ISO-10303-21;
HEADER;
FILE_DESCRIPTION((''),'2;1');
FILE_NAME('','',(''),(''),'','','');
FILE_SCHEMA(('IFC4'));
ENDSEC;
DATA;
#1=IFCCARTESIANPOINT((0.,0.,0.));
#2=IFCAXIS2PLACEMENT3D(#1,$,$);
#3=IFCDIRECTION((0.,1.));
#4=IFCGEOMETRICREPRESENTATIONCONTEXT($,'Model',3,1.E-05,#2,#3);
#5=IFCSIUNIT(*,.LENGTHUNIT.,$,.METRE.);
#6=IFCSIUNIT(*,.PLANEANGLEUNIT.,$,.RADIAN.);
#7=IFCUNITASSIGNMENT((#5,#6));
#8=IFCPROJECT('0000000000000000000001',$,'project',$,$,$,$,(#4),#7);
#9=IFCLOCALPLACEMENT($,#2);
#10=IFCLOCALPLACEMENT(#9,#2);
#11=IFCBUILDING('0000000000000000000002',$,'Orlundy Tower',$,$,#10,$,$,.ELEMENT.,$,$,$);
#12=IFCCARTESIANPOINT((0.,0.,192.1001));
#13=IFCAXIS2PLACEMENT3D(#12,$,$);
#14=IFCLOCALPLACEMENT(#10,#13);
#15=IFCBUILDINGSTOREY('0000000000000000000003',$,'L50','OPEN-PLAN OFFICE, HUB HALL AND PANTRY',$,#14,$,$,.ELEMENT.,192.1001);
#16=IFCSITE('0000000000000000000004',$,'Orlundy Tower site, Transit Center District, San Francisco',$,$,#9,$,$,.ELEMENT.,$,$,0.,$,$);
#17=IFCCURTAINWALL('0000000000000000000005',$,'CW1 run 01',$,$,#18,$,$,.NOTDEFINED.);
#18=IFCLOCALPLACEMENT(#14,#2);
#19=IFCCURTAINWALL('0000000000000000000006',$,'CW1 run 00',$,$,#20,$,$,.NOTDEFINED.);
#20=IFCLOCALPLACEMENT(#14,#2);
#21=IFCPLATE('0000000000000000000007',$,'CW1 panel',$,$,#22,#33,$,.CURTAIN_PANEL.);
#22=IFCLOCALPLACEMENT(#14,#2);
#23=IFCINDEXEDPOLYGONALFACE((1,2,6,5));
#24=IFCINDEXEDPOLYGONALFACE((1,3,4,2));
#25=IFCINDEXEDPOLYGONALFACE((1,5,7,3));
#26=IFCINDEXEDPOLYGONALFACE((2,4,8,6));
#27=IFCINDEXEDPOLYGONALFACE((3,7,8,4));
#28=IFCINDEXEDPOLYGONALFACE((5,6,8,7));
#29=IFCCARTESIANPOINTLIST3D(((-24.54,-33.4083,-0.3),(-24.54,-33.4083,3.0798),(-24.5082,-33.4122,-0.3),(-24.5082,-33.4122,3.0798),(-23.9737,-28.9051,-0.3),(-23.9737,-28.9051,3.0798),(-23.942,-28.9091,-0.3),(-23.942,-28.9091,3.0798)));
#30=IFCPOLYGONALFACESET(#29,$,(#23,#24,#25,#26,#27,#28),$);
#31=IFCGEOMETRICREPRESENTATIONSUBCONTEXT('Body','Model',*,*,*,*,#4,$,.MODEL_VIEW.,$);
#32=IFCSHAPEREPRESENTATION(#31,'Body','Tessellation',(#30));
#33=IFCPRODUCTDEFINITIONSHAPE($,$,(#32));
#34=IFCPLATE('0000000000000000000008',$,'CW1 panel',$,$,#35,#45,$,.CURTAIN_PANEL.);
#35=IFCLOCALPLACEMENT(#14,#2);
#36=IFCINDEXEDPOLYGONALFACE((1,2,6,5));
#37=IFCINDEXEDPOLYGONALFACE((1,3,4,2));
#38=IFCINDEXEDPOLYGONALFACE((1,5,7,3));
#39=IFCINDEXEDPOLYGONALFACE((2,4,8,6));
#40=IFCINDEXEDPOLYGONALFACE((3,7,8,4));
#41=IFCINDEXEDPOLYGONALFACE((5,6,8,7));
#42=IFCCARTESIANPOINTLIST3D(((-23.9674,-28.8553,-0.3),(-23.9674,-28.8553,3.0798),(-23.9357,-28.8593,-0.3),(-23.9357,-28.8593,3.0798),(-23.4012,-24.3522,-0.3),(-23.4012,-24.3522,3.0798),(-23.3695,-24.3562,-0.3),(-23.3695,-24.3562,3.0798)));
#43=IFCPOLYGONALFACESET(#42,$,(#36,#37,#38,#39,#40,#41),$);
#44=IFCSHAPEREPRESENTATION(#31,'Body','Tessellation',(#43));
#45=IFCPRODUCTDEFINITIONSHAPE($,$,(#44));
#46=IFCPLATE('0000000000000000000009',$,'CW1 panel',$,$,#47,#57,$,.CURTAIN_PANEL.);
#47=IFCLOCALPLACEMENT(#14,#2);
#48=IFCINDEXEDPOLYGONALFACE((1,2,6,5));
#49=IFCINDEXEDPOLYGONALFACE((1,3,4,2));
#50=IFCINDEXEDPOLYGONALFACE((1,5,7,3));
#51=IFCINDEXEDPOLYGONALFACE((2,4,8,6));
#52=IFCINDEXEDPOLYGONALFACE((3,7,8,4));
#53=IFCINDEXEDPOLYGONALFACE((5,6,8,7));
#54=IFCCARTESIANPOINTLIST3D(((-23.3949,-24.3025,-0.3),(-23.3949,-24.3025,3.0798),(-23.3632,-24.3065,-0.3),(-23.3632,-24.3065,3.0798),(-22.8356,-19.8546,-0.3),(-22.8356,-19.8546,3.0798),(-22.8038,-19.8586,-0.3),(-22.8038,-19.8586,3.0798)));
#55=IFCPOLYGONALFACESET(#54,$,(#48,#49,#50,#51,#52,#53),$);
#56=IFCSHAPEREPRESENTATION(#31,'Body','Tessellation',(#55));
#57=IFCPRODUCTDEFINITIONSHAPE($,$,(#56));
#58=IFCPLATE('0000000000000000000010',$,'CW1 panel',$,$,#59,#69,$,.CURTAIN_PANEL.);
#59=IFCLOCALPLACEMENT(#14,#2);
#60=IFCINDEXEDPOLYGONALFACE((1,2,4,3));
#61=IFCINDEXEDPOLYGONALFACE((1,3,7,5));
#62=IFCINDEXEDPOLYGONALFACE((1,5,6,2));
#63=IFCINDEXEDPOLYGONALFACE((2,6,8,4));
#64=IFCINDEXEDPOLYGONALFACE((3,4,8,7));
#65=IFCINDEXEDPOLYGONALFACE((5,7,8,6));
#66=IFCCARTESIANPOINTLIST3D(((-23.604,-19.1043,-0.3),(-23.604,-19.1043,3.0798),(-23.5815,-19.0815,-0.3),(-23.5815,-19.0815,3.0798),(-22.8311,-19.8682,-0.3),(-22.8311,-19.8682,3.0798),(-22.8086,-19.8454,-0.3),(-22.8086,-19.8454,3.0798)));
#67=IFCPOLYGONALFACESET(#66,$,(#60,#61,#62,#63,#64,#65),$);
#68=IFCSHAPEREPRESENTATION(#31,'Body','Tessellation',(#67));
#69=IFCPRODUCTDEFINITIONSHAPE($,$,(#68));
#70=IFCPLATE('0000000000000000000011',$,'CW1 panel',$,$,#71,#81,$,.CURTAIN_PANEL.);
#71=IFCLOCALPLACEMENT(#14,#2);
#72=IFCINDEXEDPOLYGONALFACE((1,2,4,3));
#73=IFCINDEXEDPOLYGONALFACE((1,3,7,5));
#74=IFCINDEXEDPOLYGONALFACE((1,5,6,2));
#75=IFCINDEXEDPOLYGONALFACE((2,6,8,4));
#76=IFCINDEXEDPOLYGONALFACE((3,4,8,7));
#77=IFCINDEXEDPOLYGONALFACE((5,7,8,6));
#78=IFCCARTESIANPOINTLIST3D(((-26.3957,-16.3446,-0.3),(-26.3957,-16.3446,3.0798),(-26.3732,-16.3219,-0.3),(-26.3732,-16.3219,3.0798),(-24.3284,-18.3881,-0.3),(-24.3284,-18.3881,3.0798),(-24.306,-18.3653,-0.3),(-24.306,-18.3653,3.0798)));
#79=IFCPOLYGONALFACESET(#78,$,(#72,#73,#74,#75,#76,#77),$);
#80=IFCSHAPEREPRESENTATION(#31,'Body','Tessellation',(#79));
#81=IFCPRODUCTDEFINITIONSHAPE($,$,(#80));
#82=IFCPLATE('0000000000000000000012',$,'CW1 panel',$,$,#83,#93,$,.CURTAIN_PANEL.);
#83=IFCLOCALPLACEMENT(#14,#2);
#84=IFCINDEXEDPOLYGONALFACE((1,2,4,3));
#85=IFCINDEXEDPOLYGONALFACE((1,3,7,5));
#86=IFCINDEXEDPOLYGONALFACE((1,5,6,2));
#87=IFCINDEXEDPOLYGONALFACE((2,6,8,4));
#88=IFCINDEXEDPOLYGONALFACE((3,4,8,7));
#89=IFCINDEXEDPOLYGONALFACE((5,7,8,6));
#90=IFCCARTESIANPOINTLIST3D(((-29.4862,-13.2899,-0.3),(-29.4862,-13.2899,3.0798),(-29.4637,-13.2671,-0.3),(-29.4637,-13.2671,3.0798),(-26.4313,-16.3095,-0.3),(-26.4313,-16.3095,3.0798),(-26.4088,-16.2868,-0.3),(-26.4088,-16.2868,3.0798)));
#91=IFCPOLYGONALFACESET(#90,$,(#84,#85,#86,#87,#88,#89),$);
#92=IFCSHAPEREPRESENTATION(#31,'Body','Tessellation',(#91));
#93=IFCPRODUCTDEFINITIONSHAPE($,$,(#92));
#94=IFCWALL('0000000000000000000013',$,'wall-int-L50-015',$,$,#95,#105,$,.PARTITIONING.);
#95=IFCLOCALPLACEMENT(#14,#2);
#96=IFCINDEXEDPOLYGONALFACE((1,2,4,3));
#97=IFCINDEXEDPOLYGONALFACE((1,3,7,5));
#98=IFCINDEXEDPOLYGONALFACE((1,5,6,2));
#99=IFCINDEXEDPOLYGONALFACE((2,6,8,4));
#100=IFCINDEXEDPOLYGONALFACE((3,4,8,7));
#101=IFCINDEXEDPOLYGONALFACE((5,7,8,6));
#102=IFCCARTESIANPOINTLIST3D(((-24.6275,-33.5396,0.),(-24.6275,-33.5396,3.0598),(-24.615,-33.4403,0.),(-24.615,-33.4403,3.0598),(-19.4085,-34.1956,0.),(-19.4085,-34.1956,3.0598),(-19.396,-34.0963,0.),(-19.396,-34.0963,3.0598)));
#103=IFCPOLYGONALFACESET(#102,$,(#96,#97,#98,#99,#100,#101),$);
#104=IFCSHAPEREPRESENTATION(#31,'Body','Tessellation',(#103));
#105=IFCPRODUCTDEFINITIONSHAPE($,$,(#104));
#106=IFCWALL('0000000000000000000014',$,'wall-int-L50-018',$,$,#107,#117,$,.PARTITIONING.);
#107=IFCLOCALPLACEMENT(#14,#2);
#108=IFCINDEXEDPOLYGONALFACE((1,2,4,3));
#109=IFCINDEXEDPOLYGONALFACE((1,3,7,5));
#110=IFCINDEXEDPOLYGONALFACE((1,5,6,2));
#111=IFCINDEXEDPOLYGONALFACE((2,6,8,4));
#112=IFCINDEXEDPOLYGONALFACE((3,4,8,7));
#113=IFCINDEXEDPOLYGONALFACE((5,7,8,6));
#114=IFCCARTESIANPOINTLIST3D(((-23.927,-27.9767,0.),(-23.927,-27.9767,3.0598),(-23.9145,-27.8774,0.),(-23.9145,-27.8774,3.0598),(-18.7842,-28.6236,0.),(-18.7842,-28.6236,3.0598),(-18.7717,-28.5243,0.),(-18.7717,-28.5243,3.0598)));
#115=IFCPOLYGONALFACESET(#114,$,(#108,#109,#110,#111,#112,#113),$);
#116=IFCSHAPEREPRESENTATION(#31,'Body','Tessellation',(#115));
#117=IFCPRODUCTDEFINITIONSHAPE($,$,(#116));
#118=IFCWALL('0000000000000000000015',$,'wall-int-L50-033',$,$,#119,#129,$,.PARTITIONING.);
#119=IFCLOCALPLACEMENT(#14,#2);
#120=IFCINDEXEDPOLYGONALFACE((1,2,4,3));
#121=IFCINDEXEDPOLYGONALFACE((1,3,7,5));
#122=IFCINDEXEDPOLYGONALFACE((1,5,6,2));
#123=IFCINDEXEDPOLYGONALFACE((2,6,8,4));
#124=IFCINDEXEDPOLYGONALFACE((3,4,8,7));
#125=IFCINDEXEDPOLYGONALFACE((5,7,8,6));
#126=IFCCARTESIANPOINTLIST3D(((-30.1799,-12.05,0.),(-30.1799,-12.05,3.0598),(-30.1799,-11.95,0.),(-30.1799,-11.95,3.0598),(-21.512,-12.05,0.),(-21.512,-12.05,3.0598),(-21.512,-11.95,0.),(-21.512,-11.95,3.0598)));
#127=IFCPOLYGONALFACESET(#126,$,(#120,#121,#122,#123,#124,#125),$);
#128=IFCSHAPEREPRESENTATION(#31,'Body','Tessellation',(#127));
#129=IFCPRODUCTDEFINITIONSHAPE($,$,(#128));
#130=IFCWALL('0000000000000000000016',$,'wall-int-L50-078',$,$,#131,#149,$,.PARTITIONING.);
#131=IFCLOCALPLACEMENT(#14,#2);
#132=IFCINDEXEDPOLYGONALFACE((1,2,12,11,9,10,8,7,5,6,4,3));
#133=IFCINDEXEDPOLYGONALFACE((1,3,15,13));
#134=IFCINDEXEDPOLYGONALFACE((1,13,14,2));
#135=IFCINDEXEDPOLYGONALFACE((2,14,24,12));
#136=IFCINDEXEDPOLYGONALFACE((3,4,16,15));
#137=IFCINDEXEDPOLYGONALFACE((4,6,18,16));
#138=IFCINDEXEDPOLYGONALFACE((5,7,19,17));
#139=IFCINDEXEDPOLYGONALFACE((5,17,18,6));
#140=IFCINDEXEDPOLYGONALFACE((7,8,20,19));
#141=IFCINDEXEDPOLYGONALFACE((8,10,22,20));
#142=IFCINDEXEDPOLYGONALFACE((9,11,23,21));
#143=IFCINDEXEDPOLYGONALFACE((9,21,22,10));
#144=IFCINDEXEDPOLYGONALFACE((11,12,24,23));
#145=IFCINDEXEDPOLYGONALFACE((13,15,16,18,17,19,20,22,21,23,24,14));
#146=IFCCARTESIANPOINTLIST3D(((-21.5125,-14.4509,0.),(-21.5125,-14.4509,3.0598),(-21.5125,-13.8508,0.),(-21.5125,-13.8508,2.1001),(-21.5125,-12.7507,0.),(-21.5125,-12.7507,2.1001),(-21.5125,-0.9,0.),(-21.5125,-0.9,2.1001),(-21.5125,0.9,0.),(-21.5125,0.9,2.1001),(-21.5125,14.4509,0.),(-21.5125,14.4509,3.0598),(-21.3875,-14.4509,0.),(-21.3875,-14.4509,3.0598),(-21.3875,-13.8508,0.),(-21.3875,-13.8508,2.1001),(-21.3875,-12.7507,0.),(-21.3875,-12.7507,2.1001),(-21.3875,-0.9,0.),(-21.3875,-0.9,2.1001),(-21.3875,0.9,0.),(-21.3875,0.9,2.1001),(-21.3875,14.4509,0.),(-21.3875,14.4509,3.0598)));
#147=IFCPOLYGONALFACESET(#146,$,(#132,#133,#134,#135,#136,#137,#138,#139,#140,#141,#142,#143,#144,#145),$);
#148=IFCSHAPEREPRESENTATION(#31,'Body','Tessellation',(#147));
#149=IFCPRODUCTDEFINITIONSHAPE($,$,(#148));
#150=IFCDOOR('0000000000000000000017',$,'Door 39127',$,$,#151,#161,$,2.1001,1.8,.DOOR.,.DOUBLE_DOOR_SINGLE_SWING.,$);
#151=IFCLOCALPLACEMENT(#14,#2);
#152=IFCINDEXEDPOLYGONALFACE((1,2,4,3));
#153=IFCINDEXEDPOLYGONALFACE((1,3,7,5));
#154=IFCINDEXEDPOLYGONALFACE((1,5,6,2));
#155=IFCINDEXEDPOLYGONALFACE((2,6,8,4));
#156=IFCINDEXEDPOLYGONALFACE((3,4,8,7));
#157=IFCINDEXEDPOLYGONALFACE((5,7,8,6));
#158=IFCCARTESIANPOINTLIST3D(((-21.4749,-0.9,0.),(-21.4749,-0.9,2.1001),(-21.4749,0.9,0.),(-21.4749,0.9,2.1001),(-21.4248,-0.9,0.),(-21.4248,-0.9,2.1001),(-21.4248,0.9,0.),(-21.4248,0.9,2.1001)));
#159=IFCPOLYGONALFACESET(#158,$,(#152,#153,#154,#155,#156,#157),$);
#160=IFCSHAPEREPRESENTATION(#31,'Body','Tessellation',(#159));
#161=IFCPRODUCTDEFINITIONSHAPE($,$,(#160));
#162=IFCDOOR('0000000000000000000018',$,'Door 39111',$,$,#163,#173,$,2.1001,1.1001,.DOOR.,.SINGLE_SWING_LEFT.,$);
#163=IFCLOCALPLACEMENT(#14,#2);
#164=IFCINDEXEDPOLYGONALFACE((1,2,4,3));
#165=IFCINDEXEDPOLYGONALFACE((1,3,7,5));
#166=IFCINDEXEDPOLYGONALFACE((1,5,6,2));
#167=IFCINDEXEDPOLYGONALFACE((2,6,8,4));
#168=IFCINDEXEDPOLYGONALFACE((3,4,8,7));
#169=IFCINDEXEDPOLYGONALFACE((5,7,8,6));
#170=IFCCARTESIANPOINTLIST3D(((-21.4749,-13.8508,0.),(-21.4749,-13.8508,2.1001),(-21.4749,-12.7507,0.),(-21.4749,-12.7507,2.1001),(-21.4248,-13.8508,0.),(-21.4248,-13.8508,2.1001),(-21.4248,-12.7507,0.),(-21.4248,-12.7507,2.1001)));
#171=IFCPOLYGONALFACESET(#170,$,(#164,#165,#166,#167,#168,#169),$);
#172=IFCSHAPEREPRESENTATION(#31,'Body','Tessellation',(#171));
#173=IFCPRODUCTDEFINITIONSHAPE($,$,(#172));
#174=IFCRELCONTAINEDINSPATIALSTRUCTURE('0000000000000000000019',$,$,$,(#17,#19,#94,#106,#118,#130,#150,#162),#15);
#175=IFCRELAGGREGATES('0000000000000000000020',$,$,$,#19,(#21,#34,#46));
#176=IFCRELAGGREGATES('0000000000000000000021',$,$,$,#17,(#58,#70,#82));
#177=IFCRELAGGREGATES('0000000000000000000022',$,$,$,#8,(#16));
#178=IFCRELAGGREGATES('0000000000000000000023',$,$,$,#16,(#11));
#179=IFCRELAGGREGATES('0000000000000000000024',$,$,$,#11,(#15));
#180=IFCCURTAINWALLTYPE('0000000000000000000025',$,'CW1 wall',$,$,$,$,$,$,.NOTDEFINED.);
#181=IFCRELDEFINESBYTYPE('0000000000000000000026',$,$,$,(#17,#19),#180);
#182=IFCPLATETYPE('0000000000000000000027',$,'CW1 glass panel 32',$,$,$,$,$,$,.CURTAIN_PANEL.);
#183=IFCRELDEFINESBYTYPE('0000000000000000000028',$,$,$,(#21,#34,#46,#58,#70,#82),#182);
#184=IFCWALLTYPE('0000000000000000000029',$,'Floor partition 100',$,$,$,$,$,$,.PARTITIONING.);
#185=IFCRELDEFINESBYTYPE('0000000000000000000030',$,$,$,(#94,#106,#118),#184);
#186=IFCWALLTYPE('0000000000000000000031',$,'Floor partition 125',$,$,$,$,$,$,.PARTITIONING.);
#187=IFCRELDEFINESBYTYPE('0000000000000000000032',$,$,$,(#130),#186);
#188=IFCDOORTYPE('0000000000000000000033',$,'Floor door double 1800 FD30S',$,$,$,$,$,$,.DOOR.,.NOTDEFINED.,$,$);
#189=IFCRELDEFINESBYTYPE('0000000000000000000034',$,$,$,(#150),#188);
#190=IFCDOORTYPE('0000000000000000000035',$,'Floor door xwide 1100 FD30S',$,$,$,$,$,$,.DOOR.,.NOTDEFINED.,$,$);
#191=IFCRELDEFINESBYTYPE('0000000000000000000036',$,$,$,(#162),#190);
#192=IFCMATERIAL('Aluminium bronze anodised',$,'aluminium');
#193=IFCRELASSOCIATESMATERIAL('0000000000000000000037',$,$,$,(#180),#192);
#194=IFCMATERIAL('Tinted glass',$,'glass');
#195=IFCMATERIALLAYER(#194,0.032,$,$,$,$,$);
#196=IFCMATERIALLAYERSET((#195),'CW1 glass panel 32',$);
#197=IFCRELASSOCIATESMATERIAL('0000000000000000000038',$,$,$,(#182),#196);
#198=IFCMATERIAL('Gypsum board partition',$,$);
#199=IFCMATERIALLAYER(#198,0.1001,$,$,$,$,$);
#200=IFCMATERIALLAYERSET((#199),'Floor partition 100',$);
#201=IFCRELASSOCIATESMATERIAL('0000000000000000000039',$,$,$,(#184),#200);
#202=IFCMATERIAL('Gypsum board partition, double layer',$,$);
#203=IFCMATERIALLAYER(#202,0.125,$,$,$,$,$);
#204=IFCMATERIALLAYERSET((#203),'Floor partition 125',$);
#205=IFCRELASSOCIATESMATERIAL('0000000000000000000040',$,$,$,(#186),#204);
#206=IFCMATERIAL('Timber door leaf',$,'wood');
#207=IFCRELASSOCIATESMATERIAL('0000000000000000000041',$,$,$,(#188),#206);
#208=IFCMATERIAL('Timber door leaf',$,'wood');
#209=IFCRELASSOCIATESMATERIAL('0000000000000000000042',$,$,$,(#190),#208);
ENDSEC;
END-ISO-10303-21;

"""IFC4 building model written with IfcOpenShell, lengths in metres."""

from ifc_helpers import new_model, si_unit, direction, frame, frame_2d, origin, origin_2d, place, context, subcontext, project, spatial, rectangle, extrude, material, layer, layer_set, type_object, element, fill, aggregate, save


model = new_model("IFC4")

# Units and contexts
model_context = context("Model", 3, precision=1e-05, world=origin(), true_north=direction((0.0, 1.0)))
body_context = subcontext(model_context, "Body", "Model", "MODEL_VIEW")
ifc_project = project(units=[si_unit("LENGTHUNIT", "METRE"), si_unit("PLANEANGLEUNIT", "RADIAN")], contexts=[model_context])

# Site, building, storey
site_placement = place(None, origin())
site = spatial("IfcSite", under=ifc_project, at=site_placement, Name="Orlundy Tower site, Transit Center District, San Francisco", CompositionType="ELEMENT", RefElevation=0.0)
building_placement = place(site_placement, origin())
building = spatial("IfcBuilding", under=site, at=building_placement, Name="Orlundy Tower", CompositionType="ELEMENT")
storey_placement = place(building_placement, frame((0.0, 0.0, 192.1001)))
storey = spatial("IfcBuildingStorey", under=building, at=storey_placement, Name="L50", Description="OPEN-PLAN OFFICE, HUB HALL AND PANTRY", CompositionType="ELEMENT", Elevation=192.1001)

# Curtain wall
ifc_material_1 = material(Name="Aluminium bronze anodised", Category="aluminium")
curtain_wall_type = type_object("IfcCurtainWallType", Name="CW1 wall", PredefinedType="NOTDEFINED", material=ifc_material_1)
curtain_wall_1_placement = place(storey_placement, origin())
curtain_wall_1 = element("IfcCurtainWall", 1, at=curtain_wall_1_placement, inside=storey, type_object=curtain_wall_type, Name="CW1 run 01", PredefinedType="NOTDEFINED")

# Curtain wall
curtain_wall_2_placement = place(storey_placement, origin())
curtain_wall_2 = element("IfcCurtainWall", 2, at=curtain_wall_2_placement, inside=storey, type_object=curtain_wall_type, Name="CW1 run 00", PredefinedType="NOTDEFINED")

# Plates
ifc_material_2 = material(Name="Tinted glass", Category="glass")
ifc_layer_1 = layer(ifc_material_2, 0.032)
ifc_layer_set_1 = layer_set([ifc_layer_1], Name="CW1 glass panel 32")
plate_type = type_object("IfcPlateType", Name="CW1 glass panel 32", PredefinedType="CURTAIN_PANEL", material=ifc_layer_set_1)
plate_1_placement = place(storey_placement, frame((-24.241, -31.1587, -0.3), z_axis=(0.0, 0.0, 1.0), x_axis=(0.124763, 0.992187, 0.0)))
plate_1 = element("IfcPlate", 3, at=plate_1_placement, type_object=plate_type, Name="CW1 panel", PredefinedType="CURTAIN_PANEL", context=body_context, shape_type="SweptSolid", body=[
    extrude(rectangle(XDim=4.5386, YDim=0.032, at=origin_2d()), origin(), (0.0, 0.0, 1.0), 3.3799),
])
plate_2_placement = place(storey_placement, frame((-23.6685, -26.6057, -0.3), z_axis=(0.0, 0.0, 1.0), x_axis=(0.124763, 0.992187, 0.0)))
plate_2 = element("IfcPlate", 4, at=plate_2_placement, type_object=plate_type, Name="CW1 panel", PredefinedType="CURTAIN_PANEL", context=body_context, shape_type="SweptSolid", body=[
    extrude(rectangle(XDim=4.5386, YDim=0.032, at=origin_2d()), origin(), (0.0, 0.0, 1.0), 3.3799),
])
plate_3_placement = place(storey_placement, frame((-23.0994, -22.0806, -0.3), z_axis=(0.0, 0.0, 1.0), x_axis=(0.124763, 0.992187, 0.0)))
plate_3 = element("IfcPlate", 5, at=plate_3_placement, type_object=plate_type, Name="CW1 panel", PredefinedType="CURTAIN_PANEL", context=body_context, shape_type="SweptSolid", body=[
    extrude(rectangle(XDim=4.4829, YDim=0.032, at=origin_2d()), origin(), (0.0, 0.0, 1.0), 3.3799),
])
aggregate(curtain_wall_2, [plate_1, plate_2, plate_3])
plate_4_placement = place(storey_placement, frame((-23.2063, -19.4749, -0.3), z_axis=(0.0, 0.0, 1.0), x_axis=(-0.711198, 0.702992, 0.0)))
plate_4 = element("IfcPlate", 6, at=plate_4_placement, type_object=plate_type, Name="CW1 panel", PredefinedType="CURTAIN_PANEL", context=body_context, shape_type="SweptSolid", body=[
    extrude(rectangle(XDim=1.0867, YDim=0.032, at=origin_2d()), origin(), (0.0, 0.0, 1.0), 3.3799),
])
plate_5_placement = place(storey_placement, frame((-25.3508, -17.355, -0.3), z_axis=(0.0, 0.0, 1.0), x_axis=(-0.711198, 0.702992, 0.0)))
plate_5 = element("IfcPlate", 7, at=plate_5_placement, type_object=plate_type, Name="CW1 panel", PredefinedType="CURTAIN_PANEL", context=body_context, shape_type="SweptSolid", body=[
    extrude(rectangle(XDim=2.9067, YDim=0.032, at=origin_2d()), origin(), (0.0, 0.0, 1.0), 3.3799),
])
plate_6_placement = place(storey_placement, frame((-27.9475, -14.7883, -0.3), z_axis=(0.0, 0.0, 1.0), x_axis=(-0.711198, 0.702992, 0.0)))
plate_6 = element("IfcPlate", 8, at=plate_6_placement, type_object=plate_type, Name="CW1 panel", PredefinedType="CURTAIN_PANEL", context=body_context, shape_type="SweptSolid", body=[
    extrude(rectangle(XDim=4.2954, YDim=0.032, at=origin_2d()), origin(), (0.0, 0.0, 1.0), 3.3799),
])
aggregate(curtain_wall_1, [plate_4, plate_5, plate_6])

# Walls
ifc_material_3 = material(Name="Gypsum board partition")
ifc_layer_2 = layer(ifc_material_3, 0.1001)
ifc_layer_set_2 = layer_set([ifc_layer_2], Name="Floor partition 100")
wall_type_1 = type_object("IfcWallType", Name="Floor partition 100", PredefinedType="PARTITIONING", material=ifc_layer_set_2)
wall_1_placement = place(storey_placement, frame((-24.6211, -33.49, 0.0), z_axis=(0.0, 0.0, 1.0), x_axis=(0.992193, -0.124714, 0.0)))
element("IfcWall", 9, at=wall_1_placement, inside=storey, type_object=wall_type_1, Name="wall-int-L50-015", PredefinedType="PARTITIONING", context=body_context, shape_type="SweptSolid", body=[
    extrude(rectangle(XDim=5.26, YDim=0.1001, at=frame_2d((2.6299, 0.0))), origin(), (0.0, 0.0, 1.0), 3.0598),
])
wall_2_placement = place(storey_placement, frame((-23.9209, -27.927, 0.0), z_axis=(0.0, 0.0, 1.0), x_axis=(0.99218, -0.124817, 0.0)))
element("IfcWall", 10, at=wall_2_placement, inside=storey, type_object=wall_type_1, Name="wall-int-L50-018", PredefinedType="PARTITIONING", context=body_context, shape_type="SweptSolid", body=[
    extrude(rectangle(XDim=5.1833, YDim=0.1001, at=frame_2d((2.5918, 0.0))), origin(), (0.0, 0.0, 1.0), 3.0598),
])
wall_3_placement = place(storey_placement, frame((-30.1799, -12.0, 0.0), z_axis=(0.0, 0.0, 1.0), x_axis=(1.0, 0.0, 0.0)))
element("IfcWall", 11, at=wall_3_placement, inside=storey, type_object=wall_type_1, Name="wall-int-L50-033", PredefinedType="PARTITIONING", context=body_context, shape_type="SweptSolid", body=[
    extrude(rectangle(XDim=8.668, YDim=0.1001, at=frame_2d((4.334, 0.0))), origin(), (0.0, 0.0, 1.0), 3.0598),
])

# Wall, openings, doors
ifc_material_4 = material(Name="Gypsum board partition, double layer")
ifc_layer_3 = layer(ifc_material_4, 0.125)
ifc_layer_set_3 = layer_set([ifc_layer_3], Name="Floor partition 125")
wall_type_2 = type_object("IfcWallType", Name="Floor partition 125", PredefinedType="PARTITIONING", material=ifc_layer_set_3)
wall_4_placement = place(storey_placement, frame((-21.45, -14.4509, 0.0), z_axis=(0.0, 0.0, 1.0), x_axis=(0.0, 1.0, 0.0)))
wall_4 = element("IfcWall", 12, at=wall_4_placement, inside=storey, type_object=wall_type_2, Name="wall-int-L50-078", PredefinedType="PARTITIONING", context=body_context, shape_type="SweptSolid", body=[
    extrude(rectangle(XDim=28.9019, YDim=0.125, at=frame_2d((14.4509, 0.0))), origin(), (0.0, 0.0, 1.0), 3.0598),
])
opening_1_placement = place(wall_4_placement, frame((0.6001, 0.0, 0.0)))
opening_1 = element("IfcOpeningElement", 13, at=opening_1_placement, cuts=wall_4, PredefinedType="OPENING", context=body_context, shape_type="SweptSolid", body=[
    extrude(rectangle(XDim=1.1001, YDim=2.1001, at=frame_2d((0.55, 1.05))), frame((0.0, 0.0725, 0.0), z_axis=(0.0, -1.0, 0.0), x_axis=(1.0, 0.0, 0.0)), (0.0, 0.0, 1.0), 0.145),
])
opening_2_placement = place(wall_4_placement, frame((13.551, 0.0, 0.0)))
opening_2 = element("IfcOpeningElement", 14, at=opening_2_placement, cuts=wall_4, PredefinedType="OPENING", context=body_context, shape_type="SweptSolid", body=[
    extrude(rectangle(XDim=1.8, YDim=2.1001, at=frame_2d((0.8999, 1.05))), frame((0.0, 0.0725, 0.0), z_axis=(0.0, -1.0, 0.0), x_axis=(1.0, 0.0, 0.0)), (0.0, 0.0, 1.0), 0.145),
])
ifc_material_5 = material(Name="Timber door leaf", Category="wood")
door_type_1 = type_object("IfcDoorType", Name="Floor door double 1800 FD30S", OperationType="NOTDEFINED", PredefinedType="DOOR", material=ifc_material_5)
door_1_placement = place(opening_2_placement, origin())
door_1 = element("IfcDoor", 15, at=door_1_placement, inside=storey, type_object=door_type_1, Name="Door 39127", OperationType="DOUBLE_DOOR_SINGLE_SWING", OverallHeight=2.1001, OverallWidth=1.8, PredefinedType="DOOR", context=body_context, shape_type="SweptSolid", body=[
    extrude(rectangle(XDim=1.8, YDim=2.1001, at=frame_2d((0.8999, 1.05))), frame((0.0, 0.0249, 0.0), z_axis=(0.0, -1.0, 0.0), x_axis=(1.0, 0.0, 0.0)), (0.0, 0.0, 1.0), 0.05),
])
fill(opening_2, door_1)
ifc_material_6 = material(Name="Timber door leaf", Category="wood")
door_type_2 = type_object("IfcDoorType", Name="Floor door xwide 1100 FD30S", OperationType="NOTDEFINED", PredefinedType="DOOR", material=ifc_material_6)
door_2_placement = place(opening_1_placement, origin())
door_2 = element("IfcDoor", 16, at=door_2_placement, inside=storey, type_object=door_type_2, Name="Door 39111", OperationType="SINGLE_SWING_LEFT", OverallHeight=2.1001, OverallWidth=1.1001, PredefinedType="DOOR", context=body_context, shape_type="SweptSolid", body=[
    extrude(rectangle(XDim=1.1001, YDim=2.1001, at=frame_2d((0.55, 1.05))), frame((0.0, 0.0249, 0.0), z_axis=(0.0, -1.0, 0.0), x_axis=(1.0, 0.0, 0.0)), (0.0, 0.0, 1.0), 0.05),
])
fill(opening_1, door_2)

save(model, "model.ifc")
